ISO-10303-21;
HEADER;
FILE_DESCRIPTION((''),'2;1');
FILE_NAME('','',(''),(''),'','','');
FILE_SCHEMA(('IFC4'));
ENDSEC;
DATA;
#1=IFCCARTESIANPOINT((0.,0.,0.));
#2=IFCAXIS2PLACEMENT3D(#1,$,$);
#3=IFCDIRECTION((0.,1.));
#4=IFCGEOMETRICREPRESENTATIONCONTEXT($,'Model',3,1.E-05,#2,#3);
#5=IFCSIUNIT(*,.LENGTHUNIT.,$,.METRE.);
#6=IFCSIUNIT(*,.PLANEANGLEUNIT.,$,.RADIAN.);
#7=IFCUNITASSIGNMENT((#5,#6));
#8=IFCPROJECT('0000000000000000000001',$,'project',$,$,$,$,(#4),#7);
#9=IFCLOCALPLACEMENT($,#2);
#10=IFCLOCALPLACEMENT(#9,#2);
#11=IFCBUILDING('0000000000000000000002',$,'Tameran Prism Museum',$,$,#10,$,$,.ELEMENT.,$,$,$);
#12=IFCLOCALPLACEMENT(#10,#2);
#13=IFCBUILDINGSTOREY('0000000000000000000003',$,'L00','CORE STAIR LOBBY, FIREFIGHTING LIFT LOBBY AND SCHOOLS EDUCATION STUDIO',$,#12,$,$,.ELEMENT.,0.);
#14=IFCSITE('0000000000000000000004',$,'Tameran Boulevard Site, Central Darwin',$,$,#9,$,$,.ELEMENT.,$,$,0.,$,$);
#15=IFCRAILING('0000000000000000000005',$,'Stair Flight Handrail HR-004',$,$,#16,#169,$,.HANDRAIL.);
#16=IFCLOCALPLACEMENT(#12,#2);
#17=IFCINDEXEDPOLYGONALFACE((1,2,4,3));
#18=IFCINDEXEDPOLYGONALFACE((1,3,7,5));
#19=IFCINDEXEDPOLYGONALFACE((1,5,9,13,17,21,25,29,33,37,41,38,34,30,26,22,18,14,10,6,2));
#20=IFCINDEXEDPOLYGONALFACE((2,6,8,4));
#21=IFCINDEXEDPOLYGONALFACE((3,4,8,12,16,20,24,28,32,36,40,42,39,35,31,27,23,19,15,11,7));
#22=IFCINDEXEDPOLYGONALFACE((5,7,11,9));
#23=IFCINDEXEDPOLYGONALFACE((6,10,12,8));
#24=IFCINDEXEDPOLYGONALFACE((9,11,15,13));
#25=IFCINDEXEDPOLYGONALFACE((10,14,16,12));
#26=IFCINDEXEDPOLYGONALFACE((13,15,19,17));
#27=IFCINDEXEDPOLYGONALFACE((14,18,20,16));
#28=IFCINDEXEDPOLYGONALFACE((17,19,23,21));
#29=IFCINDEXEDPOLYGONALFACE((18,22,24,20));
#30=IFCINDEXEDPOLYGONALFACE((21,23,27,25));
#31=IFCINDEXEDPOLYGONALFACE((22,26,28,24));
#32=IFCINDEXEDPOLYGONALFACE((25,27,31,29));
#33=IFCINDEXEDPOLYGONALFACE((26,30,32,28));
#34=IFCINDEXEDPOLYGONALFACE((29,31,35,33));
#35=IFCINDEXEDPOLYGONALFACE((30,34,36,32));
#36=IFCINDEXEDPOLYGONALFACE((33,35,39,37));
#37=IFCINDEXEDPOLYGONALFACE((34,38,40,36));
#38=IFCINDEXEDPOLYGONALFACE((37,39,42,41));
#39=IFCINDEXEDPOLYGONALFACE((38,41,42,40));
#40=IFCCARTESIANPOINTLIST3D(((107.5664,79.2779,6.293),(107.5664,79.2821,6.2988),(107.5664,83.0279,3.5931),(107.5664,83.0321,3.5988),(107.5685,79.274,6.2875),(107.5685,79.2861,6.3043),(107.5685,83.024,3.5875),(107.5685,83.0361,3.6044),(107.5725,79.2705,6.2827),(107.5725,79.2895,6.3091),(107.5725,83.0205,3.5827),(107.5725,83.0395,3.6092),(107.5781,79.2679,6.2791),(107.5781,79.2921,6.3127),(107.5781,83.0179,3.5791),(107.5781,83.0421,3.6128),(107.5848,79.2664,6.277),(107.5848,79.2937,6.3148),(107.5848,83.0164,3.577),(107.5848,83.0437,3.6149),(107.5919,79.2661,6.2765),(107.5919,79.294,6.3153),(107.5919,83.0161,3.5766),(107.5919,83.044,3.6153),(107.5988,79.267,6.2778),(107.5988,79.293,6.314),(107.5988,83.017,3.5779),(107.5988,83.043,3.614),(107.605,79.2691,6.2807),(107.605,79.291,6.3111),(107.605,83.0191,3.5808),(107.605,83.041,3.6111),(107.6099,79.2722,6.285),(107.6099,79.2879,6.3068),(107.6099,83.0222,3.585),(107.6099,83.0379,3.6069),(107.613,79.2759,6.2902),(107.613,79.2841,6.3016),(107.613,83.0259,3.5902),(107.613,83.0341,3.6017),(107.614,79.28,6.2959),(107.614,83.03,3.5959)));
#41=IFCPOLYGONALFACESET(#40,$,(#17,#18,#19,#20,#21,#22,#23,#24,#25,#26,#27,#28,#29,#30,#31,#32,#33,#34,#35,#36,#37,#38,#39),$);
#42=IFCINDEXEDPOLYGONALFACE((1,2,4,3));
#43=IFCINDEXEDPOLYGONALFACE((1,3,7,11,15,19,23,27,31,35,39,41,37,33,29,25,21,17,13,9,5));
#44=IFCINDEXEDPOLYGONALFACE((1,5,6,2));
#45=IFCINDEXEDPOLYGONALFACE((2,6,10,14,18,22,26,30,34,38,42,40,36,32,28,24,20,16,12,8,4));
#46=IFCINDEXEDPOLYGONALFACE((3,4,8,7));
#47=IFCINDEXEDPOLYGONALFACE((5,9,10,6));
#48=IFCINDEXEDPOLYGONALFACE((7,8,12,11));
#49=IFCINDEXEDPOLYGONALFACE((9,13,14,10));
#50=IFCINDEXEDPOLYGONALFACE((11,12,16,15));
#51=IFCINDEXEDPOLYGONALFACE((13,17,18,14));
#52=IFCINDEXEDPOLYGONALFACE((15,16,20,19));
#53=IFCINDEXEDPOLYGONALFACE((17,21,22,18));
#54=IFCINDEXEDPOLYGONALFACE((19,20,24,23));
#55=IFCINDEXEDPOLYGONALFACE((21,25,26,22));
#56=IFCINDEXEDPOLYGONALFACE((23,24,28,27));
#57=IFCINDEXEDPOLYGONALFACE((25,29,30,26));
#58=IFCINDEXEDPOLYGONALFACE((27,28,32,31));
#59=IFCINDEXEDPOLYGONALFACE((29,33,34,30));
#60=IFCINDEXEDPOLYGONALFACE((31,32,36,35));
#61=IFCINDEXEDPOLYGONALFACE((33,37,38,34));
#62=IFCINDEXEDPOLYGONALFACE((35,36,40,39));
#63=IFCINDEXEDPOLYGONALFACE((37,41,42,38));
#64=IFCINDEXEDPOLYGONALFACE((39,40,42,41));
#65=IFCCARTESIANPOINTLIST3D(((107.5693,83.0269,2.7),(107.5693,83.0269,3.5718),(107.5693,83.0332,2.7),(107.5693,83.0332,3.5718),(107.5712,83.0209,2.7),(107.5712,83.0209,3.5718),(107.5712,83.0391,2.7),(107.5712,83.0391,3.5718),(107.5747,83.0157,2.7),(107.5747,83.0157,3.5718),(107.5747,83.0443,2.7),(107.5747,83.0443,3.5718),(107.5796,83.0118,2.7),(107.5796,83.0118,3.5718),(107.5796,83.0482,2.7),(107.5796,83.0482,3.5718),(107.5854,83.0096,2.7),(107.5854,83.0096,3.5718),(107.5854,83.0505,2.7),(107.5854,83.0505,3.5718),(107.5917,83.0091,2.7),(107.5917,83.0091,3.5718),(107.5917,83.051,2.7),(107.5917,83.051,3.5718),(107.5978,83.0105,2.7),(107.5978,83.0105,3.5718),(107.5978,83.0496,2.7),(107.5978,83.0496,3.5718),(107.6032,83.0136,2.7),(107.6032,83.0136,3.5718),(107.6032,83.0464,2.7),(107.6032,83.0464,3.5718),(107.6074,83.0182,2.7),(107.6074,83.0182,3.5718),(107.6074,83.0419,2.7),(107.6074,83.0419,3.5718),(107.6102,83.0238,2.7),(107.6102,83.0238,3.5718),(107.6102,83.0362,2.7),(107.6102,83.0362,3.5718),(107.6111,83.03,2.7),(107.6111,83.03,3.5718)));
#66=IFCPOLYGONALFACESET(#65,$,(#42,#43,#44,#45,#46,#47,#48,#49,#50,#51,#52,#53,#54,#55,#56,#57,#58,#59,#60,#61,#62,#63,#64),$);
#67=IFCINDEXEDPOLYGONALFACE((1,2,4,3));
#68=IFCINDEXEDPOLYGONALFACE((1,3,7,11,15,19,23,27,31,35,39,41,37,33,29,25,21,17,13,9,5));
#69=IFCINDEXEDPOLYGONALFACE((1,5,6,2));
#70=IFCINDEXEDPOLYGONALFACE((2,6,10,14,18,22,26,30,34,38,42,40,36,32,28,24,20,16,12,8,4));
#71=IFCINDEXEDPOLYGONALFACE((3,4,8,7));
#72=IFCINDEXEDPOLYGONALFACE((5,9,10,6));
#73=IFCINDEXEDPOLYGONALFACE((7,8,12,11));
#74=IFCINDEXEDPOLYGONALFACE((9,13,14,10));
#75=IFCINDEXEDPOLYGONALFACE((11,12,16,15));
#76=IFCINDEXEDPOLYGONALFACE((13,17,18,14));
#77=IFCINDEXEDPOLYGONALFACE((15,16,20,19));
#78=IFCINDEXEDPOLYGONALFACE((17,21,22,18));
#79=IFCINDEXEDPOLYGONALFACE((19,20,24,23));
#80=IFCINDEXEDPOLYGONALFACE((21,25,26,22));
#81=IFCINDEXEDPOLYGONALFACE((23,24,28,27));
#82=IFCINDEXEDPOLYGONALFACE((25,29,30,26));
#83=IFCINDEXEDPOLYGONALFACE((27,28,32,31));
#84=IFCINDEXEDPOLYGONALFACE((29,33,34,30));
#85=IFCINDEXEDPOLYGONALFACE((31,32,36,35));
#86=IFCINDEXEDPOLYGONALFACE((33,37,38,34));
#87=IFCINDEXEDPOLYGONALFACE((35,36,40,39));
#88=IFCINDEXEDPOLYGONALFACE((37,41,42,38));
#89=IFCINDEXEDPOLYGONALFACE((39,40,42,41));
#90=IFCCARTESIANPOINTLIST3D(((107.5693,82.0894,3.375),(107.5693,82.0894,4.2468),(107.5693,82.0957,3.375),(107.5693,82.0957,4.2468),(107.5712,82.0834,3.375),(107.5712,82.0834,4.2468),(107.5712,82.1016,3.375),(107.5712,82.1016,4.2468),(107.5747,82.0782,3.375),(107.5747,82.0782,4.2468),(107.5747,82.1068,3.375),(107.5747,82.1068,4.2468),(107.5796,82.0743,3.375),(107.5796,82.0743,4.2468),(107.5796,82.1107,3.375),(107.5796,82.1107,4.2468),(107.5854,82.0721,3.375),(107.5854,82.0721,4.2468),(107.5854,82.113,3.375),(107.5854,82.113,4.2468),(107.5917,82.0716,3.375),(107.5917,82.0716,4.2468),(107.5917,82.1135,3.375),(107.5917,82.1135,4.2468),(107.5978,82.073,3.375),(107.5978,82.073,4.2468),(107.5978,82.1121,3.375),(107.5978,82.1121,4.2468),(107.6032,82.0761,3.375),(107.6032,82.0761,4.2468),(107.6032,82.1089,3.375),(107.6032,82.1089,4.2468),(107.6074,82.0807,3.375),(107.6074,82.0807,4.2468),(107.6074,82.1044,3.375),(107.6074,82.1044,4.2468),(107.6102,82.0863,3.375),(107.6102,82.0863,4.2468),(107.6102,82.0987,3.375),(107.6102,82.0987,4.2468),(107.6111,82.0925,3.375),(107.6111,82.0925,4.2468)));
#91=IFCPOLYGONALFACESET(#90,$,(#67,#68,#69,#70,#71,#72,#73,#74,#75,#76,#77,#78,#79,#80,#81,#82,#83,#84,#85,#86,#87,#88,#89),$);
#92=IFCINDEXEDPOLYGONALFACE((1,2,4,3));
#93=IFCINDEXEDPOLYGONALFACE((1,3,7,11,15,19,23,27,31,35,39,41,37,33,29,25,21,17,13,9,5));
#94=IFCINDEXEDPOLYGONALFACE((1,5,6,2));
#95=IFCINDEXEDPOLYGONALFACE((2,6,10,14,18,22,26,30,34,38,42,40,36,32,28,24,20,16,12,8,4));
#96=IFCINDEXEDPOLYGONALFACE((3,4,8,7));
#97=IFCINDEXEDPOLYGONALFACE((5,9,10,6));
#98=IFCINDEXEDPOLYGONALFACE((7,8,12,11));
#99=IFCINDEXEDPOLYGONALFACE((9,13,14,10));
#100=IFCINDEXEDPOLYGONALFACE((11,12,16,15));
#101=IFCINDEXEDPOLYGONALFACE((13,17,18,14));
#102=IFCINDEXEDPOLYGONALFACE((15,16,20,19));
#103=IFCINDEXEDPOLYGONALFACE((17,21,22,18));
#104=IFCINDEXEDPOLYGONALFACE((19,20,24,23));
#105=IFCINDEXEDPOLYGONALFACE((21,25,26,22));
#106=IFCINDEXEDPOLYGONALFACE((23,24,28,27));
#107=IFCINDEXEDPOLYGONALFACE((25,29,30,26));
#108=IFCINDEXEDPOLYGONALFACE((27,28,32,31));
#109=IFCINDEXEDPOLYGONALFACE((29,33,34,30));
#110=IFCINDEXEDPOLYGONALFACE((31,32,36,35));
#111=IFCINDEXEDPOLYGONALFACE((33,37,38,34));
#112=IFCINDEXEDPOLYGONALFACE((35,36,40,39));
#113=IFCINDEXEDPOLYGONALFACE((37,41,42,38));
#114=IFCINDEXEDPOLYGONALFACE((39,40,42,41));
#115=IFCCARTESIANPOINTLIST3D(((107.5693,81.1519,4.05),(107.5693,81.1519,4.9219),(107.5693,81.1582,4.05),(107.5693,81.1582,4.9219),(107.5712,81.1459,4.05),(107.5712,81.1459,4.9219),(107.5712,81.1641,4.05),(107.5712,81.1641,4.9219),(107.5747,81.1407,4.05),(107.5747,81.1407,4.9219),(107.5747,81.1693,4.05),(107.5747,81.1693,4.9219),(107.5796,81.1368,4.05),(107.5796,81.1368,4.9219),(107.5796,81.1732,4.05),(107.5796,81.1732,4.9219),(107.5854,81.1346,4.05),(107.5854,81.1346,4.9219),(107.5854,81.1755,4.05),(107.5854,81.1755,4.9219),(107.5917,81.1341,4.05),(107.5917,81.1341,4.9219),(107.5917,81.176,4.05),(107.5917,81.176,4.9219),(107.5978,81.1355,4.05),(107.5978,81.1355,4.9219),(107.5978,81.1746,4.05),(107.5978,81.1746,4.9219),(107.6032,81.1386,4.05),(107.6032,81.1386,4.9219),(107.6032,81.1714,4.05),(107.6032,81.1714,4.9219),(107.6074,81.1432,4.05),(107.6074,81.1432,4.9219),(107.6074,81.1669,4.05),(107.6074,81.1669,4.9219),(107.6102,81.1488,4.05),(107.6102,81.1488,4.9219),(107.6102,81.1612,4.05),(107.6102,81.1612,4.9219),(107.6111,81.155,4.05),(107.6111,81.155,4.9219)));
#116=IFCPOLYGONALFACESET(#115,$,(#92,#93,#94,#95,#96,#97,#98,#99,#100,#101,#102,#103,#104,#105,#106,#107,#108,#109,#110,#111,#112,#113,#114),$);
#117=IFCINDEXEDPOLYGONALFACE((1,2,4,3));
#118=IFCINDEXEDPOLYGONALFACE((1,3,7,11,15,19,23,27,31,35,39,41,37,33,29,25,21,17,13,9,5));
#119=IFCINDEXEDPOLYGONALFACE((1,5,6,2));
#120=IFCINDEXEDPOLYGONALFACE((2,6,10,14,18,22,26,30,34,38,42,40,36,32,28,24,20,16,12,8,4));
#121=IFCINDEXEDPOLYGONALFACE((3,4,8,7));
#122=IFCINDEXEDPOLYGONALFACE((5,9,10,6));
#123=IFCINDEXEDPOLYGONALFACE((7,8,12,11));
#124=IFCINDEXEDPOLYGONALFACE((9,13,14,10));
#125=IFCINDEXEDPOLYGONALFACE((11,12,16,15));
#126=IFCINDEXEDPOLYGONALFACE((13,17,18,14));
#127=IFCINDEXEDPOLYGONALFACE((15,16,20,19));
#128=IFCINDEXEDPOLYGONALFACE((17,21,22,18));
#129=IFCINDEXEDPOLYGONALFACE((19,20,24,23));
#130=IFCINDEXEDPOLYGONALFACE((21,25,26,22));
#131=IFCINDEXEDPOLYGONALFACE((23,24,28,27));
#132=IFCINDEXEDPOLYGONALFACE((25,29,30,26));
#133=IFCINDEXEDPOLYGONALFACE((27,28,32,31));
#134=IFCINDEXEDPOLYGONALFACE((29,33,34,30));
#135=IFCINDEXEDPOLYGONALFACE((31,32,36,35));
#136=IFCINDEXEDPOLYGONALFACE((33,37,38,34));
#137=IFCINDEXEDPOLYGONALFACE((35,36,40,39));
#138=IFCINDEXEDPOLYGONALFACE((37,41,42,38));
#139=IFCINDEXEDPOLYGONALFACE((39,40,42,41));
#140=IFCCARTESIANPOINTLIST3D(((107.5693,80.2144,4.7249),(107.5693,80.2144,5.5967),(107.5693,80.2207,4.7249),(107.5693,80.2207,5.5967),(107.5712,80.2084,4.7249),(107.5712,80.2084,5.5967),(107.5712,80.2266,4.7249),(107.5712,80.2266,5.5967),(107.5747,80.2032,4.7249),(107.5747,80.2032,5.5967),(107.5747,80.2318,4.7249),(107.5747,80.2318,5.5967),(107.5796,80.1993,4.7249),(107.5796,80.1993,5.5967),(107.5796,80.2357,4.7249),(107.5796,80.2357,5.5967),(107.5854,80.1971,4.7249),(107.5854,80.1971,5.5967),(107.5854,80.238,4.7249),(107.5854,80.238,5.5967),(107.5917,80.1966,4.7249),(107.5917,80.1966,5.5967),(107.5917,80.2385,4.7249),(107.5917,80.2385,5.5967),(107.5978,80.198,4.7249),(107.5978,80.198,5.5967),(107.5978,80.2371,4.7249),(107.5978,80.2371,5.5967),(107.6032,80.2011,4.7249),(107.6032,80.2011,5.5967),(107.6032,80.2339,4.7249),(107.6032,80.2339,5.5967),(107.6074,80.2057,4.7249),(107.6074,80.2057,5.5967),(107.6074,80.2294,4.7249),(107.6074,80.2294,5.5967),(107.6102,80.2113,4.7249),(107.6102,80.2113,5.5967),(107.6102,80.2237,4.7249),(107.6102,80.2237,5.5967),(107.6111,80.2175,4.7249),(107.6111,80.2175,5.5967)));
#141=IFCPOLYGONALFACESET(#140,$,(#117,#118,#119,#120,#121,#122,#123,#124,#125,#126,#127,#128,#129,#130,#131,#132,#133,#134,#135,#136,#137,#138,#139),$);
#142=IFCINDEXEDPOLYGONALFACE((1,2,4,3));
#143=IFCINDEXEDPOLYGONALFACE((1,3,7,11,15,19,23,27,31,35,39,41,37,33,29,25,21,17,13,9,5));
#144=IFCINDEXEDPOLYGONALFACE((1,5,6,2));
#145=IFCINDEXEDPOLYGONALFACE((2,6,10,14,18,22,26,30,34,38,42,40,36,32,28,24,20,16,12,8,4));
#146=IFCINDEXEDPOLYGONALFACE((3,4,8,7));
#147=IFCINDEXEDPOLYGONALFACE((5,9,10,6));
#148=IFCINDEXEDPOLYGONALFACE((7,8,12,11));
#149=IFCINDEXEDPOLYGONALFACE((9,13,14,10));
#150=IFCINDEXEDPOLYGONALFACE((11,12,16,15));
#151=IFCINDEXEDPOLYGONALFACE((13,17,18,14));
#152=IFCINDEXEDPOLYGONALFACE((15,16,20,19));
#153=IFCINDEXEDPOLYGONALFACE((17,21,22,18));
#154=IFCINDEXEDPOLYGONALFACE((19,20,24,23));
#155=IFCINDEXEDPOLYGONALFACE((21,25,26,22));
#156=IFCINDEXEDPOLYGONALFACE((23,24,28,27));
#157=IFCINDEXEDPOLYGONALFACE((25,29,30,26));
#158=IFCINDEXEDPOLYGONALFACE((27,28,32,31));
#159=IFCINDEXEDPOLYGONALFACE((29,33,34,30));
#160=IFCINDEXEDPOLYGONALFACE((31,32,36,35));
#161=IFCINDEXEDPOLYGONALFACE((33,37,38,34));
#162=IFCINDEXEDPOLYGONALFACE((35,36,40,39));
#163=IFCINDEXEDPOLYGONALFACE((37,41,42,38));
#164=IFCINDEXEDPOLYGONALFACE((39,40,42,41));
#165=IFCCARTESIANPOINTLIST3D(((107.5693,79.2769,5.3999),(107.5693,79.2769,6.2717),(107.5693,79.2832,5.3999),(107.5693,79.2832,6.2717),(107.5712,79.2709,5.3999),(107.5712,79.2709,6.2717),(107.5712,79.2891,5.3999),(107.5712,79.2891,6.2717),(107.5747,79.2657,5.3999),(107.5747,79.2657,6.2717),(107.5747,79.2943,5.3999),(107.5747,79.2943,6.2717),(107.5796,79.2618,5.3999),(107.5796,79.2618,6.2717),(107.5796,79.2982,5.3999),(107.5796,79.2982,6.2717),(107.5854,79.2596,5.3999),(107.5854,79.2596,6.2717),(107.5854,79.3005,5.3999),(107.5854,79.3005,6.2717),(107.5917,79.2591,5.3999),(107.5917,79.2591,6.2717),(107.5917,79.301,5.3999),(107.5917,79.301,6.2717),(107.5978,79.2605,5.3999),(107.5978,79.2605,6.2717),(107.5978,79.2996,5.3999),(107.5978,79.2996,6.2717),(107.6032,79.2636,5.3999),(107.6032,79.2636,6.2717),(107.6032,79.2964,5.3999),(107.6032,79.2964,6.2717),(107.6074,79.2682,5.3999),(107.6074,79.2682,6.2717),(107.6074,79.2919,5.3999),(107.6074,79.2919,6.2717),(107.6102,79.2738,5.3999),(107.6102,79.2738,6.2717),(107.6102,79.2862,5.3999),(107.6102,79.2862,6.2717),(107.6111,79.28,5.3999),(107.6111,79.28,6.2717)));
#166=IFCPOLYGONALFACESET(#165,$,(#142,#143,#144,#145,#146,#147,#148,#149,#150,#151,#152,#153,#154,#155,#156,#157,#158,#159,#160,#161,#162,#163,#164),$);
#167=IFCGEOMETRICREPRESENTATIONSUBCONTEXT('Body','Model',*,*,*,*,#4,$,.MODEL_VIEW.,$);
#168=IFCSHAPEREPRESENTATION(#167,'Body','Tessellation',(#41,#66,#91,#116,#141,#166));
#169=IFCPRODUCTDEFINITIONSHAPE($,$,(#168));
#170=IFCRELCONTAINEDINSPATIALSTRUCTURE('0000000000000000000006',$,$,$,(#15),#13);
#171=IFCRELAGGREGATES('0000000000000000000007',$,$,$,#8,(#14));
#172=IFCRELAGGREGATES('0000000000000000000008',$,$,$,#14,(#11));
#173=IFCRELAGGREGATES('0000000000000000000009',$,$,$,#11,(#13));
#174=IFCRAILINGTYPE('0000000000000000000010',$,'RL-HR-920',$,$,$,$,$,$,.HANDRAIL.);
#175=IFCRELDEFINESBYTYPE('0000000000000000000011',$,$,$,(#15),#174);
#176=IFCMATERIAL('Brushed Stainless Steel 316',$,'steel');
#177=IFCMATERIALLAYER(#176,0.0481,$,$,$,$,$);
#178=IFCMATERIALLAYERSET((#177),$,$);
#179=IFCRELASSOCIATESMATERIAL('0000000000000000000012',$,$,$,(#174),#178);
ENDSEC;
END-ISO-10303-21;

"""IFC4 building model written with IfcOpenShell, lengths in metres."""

from ifc_helpers import new_model, si_unit, direction, frame, origin, origin_2d, place, context, subcontext, project, spatial, circle, extrude, material, layer, layer_set, type_object, element, save


model = new_model("IFC4")

# Units and contexts
model_context = context("Model", 3, precision=1e-05, world=origin(), true_north=direction((0.0, 1.0)))
body_context = subcontext(model_context, "Body", "Model", "MODEL_VIEW")
ifc_project = project(units=[si_unit("LENGTHUNIT", "METRE"), si_unit("PLANEANGLEUNIT", "RADIAN")], contexts=[model_context])

# Site, building, storey
site_placement = place(None, origin())
site = spatial("IfcSite", under=ifc_project, at=site_placement, Name="Tameran Boulevard Site, Central Darwin", CompositionType="ELEMENT", RefElevation=0.0)
building_placement = place(site_placement, origin())
building = spatial("IfcBuilding", under=site, at=building_placement, Name="Tameran Prism Museum", CompositionType="ELEMENT")
storey_placement = place(building_placement, origin())
storey = spatial("IfcBuildingStorey", under=building, at=storey_placement, Name="L00", Description="CORE STAIR LOBBY, FIREFIGHTING LIFT LOBBY AND SCHOOLS EDUCATION STUDIO", CompositionType="ELEMENT", Elevation=0.0)

# Railing
ifc_material_1 = material(Name="Brushed Stainless Steel 316", Category="steel")
ifc_layer_1 = layer(ifc_material_1, 0.0481)
ifc_layer_set_1 = layer_set([ifc_layer_1])
railing_type_1 = type_object("IfcRailingType", Name="RL-HR-920", PredefinedType="HANDRAIL", material=ifc_layer_set_1)
railing_1_placement = place(storey_placement, frame((107.5901, 83.03, 2.7)))
element("IfcRailing", 1, at=railing_1_placement, inside=storey, type_object=railing_type_1, Name="Stair Flight Handrail HR-004", PredefinedType="HANDRAIL", context=body_context, shape_type="SweptSolid", body=[
    extrude(circle(Radius=0.0239, at=origin_2d()), frame((0.0, 0.0, 0.896), z_axis=(0.0, -0.811539, 0.584298), x_axis=(1.0, 0.0, 0.0)), (0.0, 0.0, 1.0), 4.6208),
    extrude(circle(Radius=0.021, at=origin_2d()), origin(), (0.0, 0.0, 1.0), 0.8718),
    extrude(circle(Radius=0.021, at=origin_2d()), frame((0.0, -0.9375, 0.675)), (0.0, 0.0, 1.0), 0.8718),
    extrude(circle(Radius=0.021, at=origin_2d()), frame((0.0, -1.875, 1.3501)), (0.0, 0.0, 1.0), 0.8718),
    extrude(circle(Radius=0.021, at=origin_2d()), frame((0.0, -2.8125, 2.0249)), (0.0, 0.0, 1.0), 0.8718),
    extrude(circle(Radius=0.021, at=origin_2d()), frame((0.0, -3.75, 2.7)), (0.0, 0.0, 1.0), 0.8718),
])

save(model, "model.ifc")
